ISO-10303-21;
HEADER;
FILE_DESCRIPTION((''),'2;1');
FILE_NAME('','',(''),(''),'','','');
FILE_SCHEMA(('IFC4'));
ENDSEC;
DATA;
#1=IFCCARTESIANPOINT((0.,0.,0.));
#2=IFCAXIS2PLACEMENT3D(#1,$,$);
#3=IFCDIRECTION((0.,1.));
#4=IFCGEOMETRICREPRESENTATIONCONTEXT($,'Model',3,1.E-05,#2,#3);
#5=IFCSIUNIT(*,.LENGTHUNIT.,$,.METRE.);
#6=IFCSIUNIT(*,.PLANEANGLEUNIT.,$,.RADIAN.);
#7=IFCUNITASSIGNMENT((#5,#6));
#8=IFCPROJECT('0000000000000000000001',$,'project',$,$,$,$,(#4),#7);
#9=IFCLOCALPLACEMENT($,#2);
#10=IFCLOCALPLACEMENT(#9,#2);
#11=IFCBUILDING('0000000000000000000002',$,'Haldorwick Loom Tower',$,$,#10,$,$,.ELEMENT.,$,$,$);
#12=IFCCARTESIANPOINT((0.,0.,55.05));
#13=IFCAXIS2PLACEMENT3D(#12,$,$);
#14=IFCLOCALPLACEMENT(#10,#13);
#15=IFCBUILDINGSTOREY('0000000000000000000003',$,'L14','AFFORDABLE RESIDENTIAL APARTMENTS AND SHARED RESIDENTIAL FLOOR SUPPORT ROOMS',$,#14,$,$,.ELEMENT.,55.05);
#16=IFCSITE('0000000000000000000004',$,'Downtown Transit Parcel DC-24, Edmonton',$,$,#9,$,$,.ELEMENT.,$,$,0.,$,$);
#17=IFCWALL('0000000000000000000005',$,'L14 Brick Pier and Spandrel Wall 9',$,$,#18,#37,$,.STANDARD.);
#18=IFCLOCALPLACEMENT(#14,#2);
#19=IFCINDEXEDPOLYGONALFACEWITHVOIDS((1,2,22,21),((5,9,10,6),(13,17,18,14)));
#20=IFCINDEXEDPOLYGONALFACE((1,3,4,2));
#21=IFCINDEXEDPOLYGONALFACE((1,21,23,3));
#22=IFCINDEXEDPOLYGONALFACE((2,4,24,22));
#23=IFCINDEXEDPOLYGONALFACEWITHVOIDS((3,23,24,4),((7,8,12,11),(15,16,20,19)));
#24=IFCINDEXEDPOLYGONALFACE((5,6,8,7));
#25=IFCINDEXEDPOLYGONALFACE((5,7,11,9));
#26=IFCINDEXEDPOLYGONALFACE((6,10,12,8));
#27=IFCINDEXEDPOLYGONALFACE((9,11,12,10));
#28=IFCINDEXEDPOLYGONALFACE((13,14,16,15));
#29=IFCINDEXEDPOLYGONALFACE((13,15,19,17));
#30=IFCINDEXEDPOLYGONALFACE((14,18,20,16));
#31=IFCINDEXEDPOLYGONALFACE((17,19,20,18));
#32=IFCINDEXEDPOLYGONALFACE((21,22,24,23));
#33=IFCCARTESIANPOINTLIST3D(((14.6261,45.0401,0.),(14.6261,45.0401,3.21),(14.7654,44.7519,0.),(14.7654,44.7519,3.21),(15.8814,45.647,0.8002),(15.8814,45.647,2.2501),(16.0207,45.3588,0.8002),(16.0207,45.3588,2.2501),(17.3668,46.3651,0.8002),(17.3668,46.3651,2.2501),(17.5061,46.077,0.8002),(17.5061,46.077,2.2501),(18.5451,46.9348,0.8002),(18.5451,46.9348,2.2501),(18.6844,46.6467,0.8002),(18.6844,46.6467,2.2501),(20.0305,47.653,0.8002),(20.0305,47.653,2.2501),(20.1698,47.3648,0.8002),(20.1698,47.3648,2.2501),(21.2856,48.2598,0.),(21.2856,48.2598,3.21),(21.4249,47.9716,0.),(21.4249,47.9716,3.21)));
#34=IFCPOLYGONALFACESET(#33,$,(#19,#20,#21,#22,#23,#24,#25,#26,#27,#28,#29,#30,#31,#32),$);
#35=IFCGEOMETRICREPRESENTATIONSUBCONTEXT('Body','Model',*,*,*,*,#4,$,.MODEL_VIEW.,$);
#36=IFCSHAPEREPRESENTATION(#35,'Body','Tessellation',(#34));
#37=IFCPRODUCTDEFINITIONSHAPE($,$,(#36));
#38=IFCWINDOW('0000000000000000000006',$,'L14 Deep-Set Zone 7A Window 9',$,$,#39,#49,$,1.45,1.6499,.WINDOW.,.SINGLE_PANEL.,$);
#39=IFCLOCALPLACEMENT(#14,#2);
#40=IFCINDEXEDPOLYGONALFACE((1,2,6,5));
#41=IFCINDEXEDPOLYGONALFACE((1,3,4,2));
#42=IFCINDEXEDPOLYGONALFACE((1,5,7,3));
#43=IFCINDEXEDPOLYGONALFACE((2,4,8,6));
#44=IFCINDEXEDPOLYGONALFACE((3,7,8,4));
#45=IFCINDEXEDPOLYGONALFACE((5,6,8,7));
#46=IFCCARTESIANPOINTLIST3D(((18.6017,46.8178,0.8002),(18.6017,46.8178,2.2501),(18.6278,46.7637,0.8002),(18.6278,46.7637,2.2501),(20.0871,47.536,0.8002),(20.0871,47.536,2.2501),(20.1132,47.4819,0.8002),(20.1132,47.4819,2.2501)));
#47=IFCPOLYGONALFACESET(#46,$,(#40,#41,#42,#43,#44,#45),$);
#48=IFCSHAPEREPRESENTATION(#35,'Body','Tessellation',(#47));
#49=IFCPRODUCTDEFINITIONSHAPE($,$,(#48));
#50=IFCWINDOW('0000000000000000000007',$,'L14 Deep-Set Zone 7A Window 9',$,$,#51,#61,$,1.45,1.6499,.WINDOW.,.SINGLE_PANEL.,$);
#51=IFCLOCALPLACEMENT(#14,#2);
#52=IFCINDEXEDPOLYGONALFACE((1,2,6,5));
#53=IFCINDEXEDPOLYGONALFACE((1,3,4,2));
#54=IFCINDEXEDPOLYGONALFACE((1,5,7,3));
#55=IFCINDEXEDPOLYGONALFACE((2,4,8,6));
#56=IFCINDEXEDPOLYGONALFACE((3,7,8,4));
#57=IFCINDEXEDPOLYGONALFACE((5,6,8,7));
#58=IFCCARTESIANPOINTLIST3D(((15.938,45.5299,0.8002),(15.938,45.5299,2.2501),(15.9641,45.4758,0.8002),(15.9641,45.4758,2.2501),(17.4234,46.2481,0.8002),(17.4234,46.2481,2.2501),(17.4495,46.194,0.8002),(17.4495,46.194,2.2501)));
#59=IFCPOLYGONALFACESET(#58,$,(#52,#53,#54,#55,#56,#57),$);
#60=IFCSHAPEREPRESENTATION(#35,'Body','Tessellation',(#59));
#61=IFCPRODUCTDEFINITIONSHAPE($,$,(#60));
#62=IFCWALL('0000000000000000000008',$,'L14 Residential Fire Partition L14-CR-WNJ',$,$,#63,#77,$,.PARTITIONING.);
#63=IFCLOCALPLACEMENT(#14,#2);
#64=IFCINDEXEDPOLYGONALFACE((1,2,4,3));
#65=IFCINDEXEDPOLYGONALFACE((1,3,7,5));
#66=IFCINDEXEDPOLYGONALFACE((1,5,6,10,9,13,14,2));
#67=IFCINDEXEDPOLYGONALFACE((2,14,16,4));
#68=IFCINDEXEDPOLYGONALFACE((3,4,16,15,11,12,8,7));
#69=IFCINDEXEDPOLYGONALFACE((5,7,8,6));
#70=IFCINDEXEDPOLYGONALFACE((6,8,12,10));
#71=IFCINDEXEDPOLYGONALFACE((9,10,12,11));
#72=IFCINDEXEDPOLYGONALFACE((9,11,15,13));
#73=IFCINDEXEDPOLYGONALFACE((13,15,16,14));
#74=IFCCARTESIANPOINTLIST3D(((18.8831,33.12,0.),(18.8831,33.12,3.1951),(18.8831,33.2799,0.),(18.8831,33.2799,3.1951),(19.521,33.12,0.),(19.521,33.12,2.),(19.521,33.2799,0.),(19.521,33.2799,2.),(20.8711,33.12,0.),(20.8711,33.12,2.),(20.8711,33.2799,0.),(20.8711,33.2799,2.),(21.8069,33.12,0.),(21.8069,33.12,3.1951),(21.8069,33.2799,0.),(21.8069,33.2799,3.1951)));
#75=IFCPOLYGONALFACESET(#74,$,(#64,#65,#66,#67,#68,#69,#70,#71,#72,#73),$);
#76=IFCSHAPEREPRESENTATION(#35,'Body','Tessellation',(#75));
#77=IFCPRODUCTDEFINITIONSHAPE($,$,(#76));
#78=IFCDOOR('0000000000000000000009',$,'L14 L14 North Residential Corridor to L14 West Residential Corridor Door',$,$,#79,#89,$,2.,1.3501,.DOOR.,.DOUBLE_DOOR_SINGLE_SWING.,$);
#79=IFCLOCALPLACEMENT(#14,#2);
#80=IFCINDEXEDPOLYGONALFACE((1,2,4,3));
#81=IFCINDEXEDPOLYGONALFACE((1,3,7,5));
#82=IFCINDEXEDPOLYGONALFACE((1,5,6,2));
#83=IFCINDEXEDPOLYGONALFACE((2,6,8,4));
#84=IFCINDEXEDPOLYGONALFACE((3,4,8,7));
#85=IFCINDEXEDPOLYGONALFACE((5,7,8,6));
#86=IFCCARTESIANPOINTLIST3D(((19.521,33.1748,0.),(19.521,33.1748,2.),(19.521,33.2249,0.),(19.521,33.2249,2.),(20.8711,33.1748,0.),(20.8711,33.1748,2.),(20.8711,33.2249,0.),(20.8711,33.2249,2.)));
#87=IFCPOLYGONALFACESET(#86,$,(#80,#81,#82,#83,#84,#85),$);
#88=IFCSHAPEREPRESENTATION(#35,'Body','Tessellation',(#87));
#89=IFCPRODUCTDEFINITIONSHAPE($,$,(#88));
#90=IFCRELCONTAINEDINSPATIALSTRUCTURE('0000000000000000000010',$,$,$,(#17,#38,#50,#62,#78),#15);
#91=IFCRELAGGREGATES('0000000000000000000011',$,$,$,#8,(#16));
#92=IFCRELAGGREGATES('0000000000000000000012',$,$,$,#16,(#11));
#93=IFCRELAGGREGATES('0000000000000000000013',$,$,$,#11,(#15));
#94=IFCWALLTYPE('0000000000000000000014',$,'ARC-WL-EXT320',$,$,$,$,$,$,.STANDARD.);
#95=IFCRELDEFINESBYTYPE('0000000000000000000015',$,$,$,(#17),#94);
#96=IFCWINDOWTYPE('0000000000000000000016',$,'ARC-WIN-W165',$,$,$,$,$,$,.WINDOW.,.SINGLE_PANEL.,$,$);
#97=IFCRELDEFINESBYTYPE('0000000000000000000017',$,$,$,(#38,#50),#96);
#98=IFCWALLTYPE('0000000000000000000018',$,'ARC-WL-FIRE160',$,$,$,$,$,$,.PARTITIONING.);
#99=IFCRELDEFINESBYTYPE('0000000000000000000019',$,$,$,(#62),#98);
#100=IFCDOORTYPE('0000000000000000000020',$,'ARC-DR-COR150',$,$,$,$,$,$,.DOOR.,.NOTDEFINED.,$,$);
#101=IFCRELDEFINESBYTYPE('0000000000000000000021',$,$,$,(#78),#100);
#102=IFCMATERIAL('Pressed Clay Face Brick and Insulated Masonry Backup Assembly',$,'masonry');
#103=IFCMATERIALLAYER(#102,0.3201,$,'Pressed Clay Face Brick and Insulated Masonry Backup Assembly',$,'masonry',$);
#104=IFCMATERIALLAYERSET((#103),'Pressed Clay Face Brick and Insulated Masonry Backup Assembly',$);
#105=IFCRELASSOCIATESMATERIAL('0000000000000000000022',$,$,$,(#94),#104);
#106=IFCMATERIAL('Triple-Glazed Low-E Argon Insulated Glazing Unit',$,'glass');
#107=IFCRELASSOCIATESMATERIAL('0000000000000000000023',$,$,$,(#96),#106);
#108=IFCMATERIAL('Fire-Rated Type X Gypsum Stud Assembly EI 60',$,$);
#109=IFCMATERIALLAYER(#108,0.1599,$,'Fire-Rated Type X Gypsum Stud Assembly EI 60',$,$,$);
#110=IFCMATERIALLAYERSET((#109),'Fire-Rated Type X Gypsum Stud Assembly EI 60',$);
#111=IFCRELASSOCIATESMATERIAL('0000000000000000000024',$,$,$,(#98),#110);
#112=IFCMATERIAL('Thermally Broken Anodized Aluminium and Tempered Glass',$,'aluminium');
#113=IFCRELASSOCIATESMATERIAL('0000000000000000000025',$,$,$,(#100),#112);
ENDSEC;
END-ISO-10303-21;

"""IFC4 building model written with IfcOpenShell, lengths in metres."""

from ifc_helpers import new_model, si_unit, direction, frame, frame_2d, origin, place, context, subcontext, project, spatial, rectangle, extrude, material, layer, layer_set, type_object, element, fill, save


model = new_model("IFC4")

# Units and contexts
model_context = context("Model", 3, precision=1e-05, world=origin(), true_north=direction((0.0, 1.0)))
body_context = subcontext(model_context, "Body", "Model", "MODEL_VIEW")
ifc_project = project(units=[si_unit("LENGTHUNIT", "METRE"), si_unit("PLANEANGLEUNIT", "RADIAN")], contexts=[model_context])

# Site, building, storey
site_placement = place(None, origin())
site = spatial("IfcSite", under=ifc_project, at=site_placement, Name="Downtown Transit Parcel DC-24, Edmonton", CompositionType="ELEMENT", RefElevation=0.0)
building_placement = place(site_placement, origin())
building = spatial("IfcBuilding", under=site, at=building_placement, Name="Haldorwick Loom Tower", CompositionType="ELEMENT")
storey_placement = place(building_placement, frame((0.0, 0.0, 55.05)))
storey = spatial("IfcBuildingStorey", under=building, at=storey_placement, Name="L14", Description="AFFORDABLE RESIDENTIAL APARTMENTS AND SHARED RESIDENTIAL FLOOR SUPPORT ROOMS", CompositionType="ELEMENT", Elevation=55.05)

# Wall, openings, windows
ifc_material_1 = material(Name="Pressed Clay Face Brick and Insulated Masonry Backup Assembly", Category="masonry")
ifc_layer_1 = layer(ifc_material_1, 0.3201, Name="Pressed Clay Face Brick and Insulated Masonry Backup Assembly", Category="masonry")
ifc_layer_set_1 = layer_set([ifc_layer_1], Name="Pressed Clay Face Brick and Insulated Masonry Backup Assembly")
wall_type_1 = type_object("IfcWallType", Name="ARC-WL-EXT320", PredefinedType="STANDARD", material=ifc_layer_set_1)
wall_1_placement = place(storey_placement, frame((21.3552, 48.1157, 0.0), z_axis=(0.0, 0.0, 1.0), x_axis=(-0.900296, -0.435279, 0.0)))
wall_1 = element("IfcWall", 1, at=wall_1_placement, inside=storey, type_object=wall_type_1, Name="L14 Brick Pier and Spandrel Wall 9", PredefinedType="STANDARD", context=body_context, shape_type="SweptSolid", body=[
    extrude(rectangle(XDim=7.397, YDim=0.3201, at=frame_2d((3.6985, 0.0))), origin(), (0.0, 0.0, 1.0), 3.21),
])
opening_1_placement = place(wall_1_placement, frame((1.394, 0.0, 0.8)))
opening_1 = element("IfcOpeningElement", 2, at=opening_1_placement, cuts=wall_1, PredefinedType="OPENING", context=body_context, shape_type="SweptSolid", body=[
    extrude(rectangle(XDim=1.6499, YDim=1.45, at=frame_2d((0.825, 0.7251))), frame((0.0, 0.1699, 0.0), z_axis=(0.0, -1.0, 0.0), x_axis=(1.0, 0.0, 0.0)), (0.0, 0.0, 1.0), 0.3401),
])
opening_2_placement = place(wall_1_placement, frame((4.3528, 0.0, 0.8)))
opening_2 = element("IfcOpeningElement", 3, at=opening_2_placement, cuts=wall_1, PredefinedType="OPENING", context=body_context, shape_type="SweptSolid", body=[
    extrude(rectangle(XDim=1.6499, YDim=1.45, at=frame_2d((0.825, 0.7251))), frame((0.0, 0.1699, 0.0), z_axis=(0.0, -1.0, 0.0), x_axis=(1.0, 0.0, 0.0)), (0.0, 0.0, 1.0), 0.3401),
])
ifc_material_2 = material(Name="Triple-Glazed Low-E Argon Insulated Glazing Unit", Category="glass")
window_type = type_object("IfcWindowType", Name="ARC-WIN-W165", PartitioningType="SINGLE_PANEL", PredefinedType="WINDOW", material=ifc_material_2)
window_1_placement = place(opening_1_placement, origin())
window_1 = element("IfcWindow", 4, at=window_1_placement, inside=storey, type_object=window_type, Name="L14 Deep-Set Zone 7A Window 9", OverallHeight=1.45, OverallWidth=1.6499, PartitioningType="SINGLE_PANEL", PredefinedType="WINDOW", context=body_context, shape_type="SweptSolid", body=[
    extrude(rectangle(XDim=1.6499, YDim=1.45, at=frame_2d((0.825, 0.7251))), frame((0.0, 0.03, 0.0), z_axis=(0.0, -1.0, 0.0), x_axis=(1.0, 0.0, 0.0)), (0.0, 0.0, 1.0), 0.0601),
])
fill(opening_1, window_1)
window_2_placement = place(opening_2_placement, origin())
window_2 = element("IfcWindow", 5, at=window_2_placement, inside=storey, type_object=window_type, Name="L14 Deep-Set Zone 7A Window 9", OverallHeight=1.45, OverallWidth=1.6499, PartitioningType="SINGLE_PANEL", PredefinedType="WINDOW", context=body_context, shape_type="SweptSolid", body=[
    extrude(rectangle(XDim=1.6499, YDim=1.45, at=frame_2d((0.825, 0.7251))), frame((0.0, 0.03, 0.0), z_axis=(0.0, -1.0, 0.0), x_axis=(1.0, 0.0, 0.0)), (0.0, 0.0, 1.0), 0.0601),
])
fill(opening_2, window_2)

# Wall, opening, door
ifc_material_3 = material(Name="Fire-Rated Type X Gypsum Stud Assembly EI 60")
ifc_layer_2 = layer(ifc_material_3, 0.1599, Name="Fire-Rated Type X Gypsum Stud Assembly EI 60")
ifc_layer_set_2 = layer_set([ifc_layer_2], Name="Fire-Rated Type X Gypsum Stud Assembly EI 60")
wall_type_2 = type_object("IfcWallType", Name="ARC-WL-FIRE160", PredefinedType="PARTITIONING", material=ifc_layer_set_2)
wall_2_placement = place(storey_placement, frame((18.8831, 33.2, 0.0), z_axis=(0.0, 0.0, 1.0), x_axis=(1.0, 0.0, 0.0)))
wall_2 = element("IfcWall", 6, at=wall_2_placement, inside=storey, type_object=wall_type_2, Name="L14 Residential Fire Partition L14-CR-WNJ", PredefinedType="PARTITIONING", context=body_context, shape_type="SweptSolid", body=[
    extrude(rectangle(XDim=2.9238, YDim=0.1599, at=frame_2d((1.4619, 0.0))), origin(), (0.0, 0.0, 1.0), 3.1951),
])
opening_3_placement = place(wall_2_placement, frame((0.6379, 0.0, 0.0)))
opening_3 = element("IfcOpeningElement", 7, at=opening_3_placement, cuts=wall_2, PredefinedType="OPENING", context=body_context, shape_type="SweptSolid", body=[
    extrude(rectangle(XDim=1.3501, YDim=2.0, at=frame_2d((0.675, 1.0))), frame((0.0, 0.0898, 0.0), z_axis=(0.0, -1.0, 0.0), x_axis=(1.0, 0.0, 0.0)), (0.0, 0.0, 1.0), 0.1799),
])
ifc_material_4 = material(Name="Thermally Broken Anodized Aluminium and Tempered Glass", Category="aluminium")
door_type_1 = type_object("IfcDoorType", Name="ARC-DR-COR150", OperationType="NOTDEFINED", PredefinedType="DOOR", material=ifc_material_4)
door_1_placement = place(opening_3_placement, origin())
door_1 = element("IfcDoor", 8, at=door_1_placement, inside=storey, type_object=door_type_1, Name="L14 L14 North Residential Corridor to L14 West Residential Corridor Door", OperationType="DOUBLE_DOOR_SINGLE_SWING", OverallHeight=2.0, OverallWidth=1.3501, PredefinedType="DOOR", context=body_context, shape_type="SweptSolid", body=[
    extrude(rectangle(XDim=1.3501, YDim=2.0, at=frame_2d((0.675, 1.0))), frame((0.0, 0.0249, 0.0), z_axis=(0.0, -1.0, 0.0), x_axis=(1.0, 0.0, 0.0)), (0.0, 0.0, 1.0), 0.05),
])
fill(opening_3, door_1)

save(model, "model.ifc")
